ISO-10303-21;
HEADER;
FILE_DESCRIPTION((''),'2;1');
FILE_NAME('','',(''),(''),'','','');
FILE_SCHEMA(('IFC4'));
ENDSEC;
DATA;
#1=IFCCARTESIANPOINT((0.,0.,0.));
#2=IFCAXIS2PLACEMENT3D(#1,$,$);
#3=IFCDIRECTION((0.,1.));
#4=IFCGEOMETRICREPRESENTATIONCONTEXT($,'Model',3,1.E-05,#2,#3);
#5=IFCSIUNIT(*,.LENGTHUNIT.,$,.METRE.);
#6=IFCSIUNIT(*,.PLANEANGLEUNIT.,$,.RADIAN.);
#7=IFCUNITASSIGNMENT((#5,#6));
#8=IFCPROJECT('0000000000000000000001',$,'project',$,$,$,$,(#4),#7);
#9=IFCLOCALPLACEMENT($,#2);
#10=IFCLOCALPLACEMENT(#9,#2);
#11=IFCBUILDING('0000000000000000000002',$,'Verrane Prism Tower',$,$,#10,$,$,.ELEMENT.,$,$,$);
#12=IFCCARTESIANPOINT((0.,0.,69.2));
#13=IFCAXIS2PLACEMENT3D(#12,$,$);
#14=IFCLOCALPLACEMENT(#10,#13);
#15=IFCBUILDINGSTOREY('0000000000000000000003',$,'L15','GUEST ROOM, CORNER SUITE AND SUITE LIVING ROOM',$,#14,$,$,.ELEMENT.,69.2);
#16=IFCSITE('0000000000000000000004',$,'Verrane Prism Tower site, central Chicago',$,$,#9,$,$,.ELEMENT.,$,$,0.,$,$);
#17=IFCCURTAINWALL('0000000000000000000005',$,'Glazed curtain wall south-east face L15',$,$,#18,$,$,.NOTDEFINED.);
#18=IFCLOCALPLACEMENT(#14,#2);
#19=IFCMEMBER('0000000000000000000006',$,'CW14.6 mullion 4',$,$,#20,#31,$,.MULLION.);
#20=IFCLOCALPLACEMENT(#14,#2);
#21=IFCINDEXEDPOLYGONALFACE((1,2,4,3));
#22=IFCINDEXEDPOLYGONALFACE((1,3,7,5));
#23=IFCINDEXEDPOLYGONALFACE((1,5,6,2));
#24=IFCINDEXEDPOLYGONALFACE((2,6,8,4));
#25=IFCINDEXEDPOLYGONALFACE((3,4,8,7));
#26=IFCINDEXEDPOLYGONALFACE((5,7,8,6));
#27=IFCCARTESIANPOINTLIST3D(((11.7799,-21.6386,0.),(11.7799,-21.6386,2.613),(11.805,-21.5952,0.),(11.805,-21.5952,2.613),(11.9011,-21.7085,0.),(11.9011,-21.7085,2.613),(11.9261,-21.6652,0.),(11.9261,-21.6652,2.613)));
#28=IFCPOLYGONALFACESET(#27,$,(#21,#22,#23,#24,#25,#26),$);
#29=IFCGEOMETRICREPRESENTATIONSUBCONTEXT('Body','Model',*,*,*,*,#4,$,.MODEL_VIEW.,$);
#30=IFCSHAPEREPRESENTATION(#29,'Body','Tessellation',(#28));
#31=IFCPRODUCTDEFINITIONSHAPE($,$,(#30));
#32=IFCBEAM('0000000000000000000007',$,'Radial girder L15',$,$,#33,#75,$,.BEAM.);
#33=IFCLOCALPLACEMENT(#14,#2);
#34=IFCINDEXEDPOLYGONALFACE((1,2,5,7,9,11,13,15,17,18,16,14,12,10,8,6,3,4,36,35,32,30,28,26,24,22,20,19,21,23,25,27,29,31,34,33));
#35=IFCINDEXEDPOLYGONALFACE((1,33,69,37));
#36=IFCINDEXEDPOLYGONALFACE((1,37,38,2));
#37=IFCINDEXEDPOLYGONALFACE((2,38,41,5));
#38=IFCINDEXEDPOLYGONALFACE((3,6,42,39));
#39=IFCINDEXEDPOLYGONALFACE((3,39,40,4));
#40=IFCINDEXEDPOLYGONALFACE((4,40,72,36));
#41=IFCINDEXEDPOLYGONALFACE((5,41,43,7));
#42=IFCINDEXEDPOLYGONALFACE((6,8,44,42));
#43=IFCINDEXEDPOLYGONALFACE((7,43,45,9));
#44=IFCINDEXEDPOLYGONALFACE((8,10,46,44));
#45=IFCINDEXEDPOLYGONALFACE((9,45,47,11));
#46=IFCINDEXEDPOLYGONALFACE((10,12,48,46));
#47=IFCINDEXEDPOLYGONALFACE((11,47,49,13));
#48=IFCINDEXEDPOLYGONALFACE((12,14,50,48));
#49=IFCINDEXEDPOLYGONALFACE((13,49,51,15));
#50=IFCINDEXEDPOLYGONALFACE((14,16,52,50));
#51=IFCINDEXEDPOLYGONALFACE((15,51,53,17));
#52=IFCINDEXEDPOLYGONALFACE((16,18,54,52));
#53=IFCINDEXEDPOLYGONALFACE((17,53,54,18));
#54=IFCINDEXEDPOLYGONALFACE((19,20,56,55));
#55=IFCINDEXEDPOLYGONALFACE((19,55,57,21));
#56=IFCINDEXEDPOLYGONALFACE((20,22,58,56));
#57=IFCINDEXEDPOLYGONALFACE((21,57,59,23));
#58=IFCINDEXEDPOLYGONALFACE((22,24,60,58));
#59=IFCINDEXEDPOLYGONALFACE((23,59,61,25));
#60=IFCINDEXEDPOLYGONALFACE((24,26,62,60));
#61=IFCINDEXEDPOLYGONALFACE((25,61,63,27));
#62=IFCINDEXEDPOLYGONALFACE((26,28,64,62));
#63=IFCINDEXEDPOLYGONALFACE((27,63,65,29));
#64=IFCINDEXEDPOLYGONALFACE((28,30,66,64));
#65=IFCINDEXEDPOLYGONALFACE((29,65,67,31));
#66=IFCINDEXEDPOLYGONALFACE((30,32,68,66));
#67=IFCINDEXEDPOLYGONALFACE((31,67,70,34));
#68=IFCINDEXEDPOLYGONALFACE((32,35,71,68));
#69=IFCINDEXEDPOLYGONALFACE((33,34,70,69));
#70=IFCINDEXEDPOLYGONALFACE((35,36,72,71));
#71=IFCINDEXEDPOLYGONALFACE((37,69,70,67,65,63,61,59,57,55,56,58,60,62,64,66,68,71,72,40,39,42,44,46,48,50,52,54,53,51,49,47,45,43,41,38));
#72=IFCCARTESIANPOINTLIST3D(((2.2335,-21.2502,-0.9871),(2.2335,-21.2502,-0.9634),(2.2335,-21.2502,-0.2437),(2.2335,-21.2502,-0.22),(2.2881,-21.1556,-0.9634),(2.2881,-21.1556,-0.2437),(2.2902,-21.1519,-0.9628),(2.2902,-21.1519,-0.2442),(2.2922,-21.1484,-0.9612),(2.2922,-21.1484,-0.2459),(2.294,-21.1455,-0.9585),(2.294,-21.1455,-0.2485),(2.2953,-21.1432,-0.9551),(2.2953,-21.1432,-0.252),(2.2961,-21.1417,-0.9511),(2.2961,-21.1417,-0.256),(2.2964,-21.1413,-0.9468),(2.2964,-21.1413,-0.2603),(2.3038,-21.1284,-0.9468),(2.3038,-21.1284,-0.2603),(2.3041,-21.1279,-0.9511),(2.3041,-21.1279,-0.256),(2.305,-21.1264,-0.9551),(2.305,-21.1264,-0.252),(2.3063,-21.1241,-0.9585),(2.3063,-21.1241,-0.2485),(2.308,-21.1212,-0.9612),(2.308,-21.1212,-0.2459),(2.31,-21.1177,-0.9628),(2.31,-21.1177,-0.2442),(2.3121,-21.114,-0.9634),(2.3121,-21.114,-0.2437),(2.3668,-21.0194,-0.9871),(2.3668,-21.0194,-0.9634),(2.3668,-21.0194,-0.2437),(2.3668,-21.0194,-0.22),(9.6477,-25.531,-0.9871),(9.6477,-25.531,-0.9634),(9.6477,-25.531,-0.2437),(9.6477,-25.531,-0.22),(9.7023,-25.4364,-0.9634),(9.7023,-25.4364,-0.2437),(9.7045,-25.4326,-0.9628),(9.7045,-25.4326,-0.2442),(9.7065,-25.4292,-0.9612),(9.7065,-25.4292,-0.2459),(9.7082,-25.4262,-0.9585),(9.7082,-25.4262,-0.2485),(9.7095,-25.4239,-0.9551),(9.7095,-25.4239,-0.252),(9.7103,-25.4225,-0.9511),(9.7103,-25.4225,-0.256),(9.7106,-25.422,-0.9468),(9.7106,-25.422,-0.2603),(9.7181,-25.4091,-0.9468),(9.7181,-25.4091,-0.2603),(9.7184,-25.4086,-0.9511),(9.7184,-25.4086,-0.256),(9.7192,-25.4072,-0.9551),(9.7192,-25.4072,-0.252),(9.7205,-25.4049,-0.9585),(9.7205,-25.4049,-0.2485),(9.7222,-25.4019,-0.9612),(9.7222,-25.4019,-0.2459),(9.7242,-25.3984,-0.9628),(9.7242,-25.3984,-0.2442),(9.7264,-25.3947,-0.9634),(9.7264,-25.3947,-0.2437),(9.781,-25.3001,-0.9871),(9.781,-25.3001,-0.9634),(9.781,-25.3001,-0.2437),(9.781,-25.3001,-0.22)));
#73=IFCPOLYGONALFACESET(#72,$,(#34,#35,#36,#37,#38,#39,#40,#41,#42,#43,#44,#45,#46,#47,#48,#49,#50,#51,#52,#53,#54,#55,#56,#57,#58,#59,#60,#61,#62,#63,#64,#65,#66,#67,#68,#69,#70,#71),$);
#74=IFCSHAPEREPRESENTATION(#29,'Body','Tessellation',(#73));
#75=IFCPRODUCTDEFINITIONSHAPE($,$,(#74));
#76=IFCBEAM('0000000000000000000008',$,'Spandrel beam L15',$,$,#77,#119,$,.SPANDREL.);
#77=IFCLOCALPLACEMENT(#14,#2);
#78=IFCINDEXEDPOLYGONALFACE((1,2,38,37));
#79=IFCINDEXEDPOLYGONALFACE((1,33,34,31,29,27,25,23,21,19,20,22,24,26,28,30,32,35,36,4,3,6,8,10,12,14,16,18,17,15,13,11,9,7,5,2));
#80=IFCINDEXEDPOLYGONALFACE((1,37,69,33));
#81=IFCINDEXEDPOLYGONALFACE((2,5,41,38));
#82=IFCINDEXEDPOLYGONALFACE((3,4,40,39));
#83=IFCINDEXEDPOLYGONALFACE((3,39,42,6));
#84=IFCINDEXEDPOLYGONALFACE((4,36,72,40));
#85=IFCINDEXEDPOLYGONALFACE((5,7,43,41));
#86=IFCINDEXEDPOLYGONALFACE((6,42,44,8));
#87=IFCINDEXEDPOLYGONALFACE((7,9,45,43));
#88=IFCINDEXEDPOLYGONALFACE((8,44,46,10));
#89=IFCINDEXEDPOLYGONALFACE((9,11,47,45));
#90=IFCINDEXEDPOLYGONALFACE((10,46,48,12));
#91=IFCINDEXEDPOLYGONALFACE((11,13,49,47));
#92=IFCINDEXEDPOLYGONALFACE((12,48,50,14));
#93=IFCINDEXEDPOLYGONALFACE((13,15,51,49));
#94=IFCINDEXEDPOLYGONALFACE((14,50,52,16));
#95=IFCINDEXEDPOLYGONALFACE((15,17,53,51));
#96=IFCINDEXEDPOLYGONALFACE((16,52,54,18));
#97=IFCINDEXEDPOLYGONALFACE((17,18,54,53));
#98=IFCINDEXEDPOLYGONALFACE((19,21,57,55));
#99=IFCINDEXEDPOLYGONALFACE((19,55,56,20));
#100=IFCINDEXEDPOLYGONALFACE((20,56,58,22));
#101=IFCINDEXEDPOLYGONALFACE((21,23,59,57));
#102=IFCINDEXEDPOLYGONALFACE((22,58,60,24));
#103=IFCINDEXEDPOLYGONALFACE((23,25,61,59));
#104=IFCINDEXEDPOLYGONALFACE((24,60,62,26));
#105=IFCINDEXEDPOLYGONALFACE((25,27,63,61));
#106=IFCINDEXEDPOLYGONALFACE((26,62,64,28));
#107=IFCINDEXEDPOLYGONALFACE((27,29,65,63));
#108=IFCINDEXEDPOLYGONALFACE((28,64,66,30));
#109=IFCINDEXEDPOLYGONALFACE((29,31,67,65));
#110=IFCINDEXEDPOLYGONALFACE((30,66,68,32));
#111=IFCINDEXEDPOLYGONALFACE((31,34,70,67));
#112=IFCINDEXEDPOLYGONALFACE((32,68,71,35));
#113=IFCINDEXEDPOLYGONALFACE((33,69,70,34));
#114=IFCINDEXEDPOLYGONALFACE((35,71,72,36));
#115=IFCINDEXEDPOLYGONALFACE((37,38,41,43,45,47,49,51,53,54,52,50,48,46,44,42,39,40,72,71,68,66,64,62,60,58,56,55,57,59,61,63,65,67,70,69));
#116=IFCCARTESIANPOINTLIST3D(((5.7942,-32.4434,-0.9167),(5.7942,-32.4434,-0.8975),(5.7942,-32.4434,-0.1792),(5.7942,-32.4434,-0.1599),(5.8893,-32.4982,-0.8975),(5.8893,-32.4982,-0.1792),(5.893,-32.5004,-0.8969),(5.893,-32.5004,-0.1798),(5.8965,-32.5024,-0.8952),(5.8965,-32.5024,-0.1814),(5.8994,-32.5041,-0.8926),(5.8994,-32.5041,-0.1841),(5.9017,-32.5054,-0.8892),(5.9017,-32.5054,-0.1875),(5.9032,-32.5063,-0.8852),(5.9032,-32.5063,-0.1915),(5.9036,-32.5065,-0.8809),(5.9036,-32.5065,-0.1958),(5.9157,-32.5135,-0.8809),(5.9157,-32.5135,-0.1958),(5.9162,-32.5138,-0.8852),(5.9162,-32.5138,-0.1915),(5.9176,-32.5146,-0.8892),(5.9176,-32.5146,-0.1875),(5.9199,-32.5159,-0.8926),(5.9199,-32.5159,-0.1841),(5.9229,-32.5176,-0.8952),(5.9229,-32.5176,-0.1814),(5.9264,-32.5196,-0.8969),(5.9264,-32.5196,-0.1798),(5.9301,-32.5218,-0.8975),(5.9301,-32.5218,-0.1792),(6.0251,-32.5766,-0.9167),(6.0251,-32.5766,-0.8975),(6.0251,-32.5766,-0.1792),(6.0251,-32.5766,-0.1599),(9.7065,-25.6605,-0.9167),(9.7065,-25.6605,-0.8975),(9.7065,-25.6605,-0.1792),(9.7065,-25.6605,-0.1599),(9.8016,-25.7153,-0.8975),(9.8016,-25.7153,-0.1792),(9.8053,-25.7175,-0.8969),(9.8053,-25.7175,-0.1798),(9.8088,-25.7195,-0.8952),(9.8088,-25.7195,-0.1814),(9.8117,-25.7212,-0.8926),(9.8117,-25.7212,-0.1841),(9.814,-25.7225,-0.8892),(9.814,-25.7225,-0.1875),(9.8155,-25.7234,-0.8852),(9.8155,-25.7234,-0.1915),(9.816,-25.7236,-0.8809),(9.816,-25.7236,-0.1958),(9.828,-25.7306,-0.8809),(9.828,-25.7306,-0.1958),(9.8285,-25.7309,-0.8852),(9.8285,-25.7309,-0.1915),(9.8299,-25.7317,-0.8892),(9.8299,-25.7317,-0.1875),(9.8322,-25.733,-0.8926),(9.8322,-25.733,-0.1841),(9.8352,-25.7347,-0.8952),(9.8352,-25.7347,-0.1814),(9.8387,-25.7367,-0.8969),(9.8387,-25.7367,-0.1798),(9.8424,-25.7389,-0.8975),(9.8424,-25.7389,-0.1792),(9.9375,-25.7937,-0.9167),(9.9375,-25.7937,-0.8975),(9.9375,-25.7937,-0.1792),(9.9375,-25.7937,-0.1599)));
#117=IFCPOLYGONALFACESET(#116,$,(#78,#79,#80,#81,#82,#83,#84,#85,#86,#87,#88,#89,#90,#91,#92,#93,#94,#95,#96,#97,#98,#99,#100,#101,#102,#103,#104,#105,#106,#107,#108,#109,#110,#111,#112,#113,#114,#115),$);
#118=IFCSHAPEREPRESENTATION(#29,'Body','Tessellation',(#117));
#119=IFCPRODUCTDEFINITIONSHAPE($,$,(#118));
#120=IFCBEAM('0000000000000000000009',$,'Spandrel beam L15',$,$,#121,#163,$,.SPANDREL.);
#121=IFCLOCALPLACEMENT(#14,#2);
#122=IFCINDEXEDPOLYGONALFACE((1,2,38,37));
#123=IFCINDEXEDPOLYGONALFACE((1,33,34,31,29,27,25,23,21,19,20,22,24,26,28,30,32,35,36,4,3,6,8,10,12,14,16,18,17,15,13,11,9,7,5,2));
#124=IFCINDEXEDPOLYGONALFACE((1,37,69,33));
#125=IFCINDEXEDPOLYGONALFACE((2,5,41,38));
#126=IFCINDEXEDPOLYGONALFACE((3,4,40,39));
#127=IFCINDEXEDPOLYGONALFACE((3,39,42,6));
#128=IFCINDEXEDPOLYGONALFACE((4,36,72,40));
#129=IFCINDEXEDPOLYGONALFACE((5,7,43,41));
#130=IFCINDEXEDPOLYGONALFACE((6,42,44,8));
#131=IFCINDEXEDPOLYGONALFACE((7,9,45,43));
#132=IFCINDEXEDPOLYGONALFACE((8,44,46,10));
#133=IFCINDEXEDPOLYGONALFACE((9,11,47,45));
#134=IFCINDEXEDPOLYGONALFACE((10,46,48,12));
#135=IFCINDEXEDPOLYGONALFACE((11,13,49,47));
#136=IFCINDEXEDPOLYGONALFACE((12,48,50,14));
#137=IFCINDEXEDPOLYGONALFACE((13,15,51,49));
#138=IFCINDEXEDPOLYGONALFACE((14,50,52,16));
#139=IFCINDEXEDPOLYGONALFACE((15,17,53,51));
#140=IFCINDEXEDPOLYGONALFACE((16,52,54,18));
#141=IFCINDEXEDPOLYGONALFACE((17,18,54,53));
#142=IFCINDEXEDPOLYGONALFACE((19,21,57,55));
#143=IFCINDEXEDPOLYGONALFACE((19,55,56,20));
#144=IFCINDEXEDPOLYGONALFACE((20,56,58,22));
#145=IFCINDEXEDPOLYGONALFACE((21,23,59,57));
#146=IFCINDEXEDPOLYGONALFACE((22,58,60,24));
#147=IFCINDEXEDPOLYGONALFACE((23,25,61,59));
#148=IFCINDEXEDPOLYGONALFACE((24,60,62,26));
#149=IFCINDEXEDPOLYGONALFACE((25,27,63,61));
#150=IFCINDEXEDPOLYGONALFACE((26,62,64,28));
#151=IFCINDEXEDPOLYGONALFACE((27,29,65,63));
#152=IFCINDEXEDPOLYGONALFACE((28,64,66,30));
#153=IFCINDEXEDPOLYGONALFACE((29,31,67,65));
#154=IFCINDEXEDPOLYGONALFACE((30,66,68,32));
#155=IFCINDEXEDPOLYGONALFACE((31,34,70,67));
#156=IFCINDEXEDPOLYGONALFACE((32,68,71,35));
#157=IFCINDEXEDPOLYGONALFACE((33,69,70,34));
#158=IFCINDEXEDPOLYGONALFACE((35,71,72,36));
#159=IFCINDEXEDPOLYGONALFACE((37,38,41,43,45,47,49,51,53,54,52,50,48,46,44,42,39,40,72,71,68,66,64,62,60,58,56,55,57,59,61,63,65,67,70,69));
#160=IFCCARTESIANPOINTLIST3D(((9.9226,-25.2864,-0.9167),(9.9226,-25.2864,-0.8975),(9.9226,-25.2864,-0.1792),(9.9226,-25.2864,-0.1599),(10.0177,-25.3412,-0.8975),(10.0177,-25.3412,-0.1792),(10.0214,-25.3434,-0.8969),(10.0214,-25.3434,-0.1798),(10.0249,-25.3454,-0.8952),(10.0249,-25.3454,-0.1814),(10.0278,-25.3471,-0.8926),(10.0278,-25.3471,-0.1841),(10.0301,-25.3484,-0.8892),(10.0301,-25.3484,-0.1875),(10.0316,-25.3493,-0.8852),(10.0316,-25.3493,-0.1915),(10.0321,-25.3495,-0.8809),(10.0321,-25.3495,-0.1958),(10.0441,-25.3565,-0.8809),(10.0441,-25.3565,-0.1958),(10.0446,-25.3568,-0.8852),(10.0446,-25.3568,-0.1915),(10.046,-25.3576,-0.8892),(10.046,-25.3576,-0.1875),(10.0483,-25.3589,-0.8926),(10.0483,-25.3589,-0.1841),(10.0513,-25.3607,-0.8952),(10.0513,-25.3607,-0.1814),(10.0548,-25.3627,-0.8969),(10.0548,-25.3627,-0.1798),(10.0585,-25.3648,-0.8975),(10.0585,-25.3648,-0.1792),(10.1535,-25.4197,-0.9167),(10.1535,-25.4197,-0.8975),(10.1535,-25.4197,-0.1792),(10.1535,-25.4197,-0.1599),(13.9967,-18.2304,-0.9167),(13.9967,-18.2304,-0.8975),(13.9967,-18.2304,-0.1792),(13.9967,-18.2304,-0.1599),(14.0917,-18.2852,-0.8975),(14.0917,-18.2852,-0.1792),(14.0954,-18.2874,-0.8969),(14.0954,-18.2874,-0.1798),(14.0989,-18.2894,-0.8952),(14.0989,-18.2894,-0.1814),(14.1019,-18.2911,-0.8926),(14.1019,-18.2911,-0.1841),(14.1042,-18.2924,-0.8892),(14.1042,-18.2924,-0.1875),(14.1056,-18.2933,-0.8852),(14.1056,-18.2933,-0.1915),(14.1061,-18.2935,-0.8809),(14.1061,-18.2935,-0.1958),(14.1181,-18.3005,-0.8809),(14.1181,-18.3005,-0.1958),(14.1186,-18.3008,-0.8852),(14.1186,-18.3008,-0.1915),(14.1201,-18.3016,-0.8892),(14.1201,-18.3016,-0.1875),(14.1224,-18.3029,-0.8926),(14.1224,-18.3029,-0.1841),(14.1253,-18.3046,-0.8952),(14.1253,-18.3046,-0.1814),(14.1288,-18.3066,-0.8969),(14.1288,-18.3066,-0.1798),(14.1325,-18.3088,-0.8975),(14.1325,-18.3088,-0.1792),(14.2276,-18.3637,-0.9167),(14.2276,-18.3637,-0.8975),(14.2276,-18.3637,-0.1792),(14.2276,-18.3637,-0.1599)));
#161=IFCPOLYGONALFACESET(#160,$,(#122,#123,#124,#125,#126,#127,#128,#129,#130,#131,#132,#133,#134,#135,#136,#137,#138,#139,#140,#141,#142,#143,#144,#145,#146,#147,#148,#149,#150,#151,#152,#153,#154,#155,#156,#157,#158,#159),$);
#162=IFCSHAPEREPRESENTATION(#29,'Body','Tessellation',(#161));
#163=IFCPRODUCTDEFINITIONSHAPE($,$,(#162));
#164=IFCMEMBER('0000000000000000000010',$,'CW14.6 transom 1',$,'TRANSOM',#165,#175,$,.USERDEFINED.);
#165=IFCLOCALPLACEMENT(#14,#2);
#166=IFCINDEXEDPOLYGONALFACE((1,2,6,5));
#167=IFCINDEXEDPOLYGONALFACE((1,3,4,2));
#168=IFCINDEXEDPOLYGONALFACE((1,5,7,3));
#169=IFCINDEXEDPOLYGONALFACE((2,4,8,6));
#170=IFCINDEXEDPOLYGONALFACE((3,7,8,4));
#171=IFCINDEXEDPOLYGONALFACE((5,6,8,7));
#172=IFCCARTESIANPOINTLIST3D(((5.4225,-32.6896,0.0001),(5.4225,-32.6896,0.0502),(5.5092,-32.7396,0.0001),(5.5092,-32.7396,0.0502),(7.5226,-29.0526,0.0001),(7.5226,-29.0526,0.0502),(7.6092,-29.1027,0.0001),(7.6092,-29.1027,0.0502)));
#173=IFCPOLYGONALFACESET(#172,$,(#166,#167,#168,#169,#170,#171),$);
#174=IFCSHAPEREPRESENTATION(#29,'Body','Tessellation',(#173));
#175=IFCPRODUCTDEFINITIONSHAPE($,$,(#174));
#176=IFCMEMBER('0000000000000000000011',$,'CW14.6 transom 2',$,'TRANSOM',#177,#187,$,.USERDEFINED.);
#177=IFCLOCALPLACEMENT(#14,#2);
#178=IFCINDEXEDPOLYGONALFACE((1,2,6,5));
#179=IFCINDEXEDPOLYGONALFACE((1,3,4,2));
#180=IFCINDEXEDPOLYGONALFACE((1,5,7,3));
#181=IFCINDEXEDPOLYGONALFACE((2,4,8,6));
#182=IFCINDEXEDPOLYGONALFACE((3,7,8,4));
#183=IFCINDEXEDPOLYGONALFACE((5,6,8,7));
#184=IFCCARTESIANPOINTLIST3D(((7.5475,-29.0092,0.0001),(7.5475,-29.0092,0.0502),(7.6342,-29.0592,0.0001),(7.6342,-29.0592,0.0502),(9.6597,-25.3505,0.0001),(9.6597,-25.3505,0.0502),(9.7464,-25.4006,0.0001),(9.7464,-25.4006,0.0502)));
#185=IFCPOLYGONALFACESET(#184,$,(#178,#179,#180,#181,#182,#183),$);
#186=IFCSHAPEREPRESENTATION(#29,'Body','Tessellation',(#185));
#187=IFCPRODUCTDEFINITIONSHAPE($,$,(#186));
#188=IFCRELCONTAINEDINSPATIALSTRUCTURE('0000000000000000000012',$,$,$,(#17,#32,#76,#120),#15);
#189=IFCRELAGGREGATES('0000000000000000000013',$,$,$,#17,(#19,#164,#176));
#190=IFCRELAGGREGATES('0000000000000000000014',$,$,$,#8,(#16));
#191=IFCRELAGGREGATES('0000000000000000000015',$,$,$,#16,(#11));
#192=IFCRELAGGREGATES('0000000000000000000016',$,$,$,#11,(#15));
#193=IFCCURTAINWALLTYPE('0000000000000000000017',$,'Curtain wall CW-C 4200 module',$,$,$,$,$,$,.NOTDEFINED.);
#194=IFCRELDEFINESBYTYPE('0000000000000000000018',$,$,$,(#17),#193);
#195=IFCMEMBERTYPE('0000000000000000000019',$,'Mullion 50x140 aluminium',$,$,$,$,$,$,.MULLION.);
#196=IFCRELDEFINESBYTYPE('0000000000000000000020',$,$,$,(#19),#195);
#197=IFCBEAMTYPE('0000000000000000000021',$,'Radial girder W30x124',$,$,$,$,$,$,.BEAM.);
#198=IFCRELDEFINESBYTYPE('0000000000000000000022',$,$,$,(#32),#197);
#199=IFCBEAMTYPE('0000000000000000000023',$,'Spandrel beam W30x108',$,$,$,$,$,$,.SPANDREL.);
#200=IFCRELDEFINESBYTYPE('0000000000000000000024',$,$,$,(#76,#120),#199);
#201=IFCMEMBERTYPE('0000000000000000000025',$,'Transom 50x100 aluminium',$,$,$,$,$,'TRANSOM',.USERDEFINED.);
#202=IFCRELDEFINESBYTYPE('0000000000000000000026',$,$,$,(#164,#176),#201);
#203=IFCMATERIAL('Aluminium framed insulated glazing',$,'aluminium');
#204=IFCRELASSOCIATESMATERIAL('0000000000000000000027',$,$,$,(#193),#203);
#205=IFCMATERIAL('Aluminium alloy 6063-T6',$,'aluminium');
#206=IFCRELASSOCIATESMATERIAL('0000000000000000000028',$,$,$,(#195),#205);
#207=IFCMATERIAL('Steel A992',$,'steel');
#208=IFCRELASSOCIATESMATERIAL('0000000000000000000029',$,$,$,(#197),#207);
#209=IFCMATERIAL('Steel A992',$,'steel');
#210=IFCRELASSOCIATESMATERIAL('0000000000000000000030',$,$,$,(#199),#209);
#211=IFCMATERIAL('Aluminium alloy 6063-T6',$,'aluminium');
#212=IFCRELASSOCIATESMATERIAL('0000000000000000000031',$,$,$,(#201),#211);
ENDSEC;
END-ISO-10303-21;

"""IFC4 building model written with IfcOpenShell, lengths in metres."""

from ifc_helpers import new_model, si_unit, direction, frame, origin, origin_2d, place, context, subcontext, project, spatial, rectangle, i_section, extrude, material, material_profile, profile_set, type_object, element, aggregate, save


model = new_model("IFC4")

# Units and contexts
model_context = context("Model", 3, precision=1e-05, world=origin(), true_north=direction((0.0, 1.0)))
body_context = subcontext(model_context, "Body", "Model", "MODEL_VIEW")
ifc_project = project(units=[si_unit("LENGTHUNIT", "METRE"), si_unit("PLANEANGLEUNIT", "RADIAN")], contexts=[model_context])

# Site, building, storey
site_placement = place(None, origin())
site = spatial("IfcSite", under=ifc_project, at=site_placement, Name="Verrane Prism Tower site, central Chicago", CompositionType="ELEMENT", RefElevation=0.0)
building_placement = place(site_placement, origin())
building = spatial("IfcBuilding", under=site, at=building_placement, Name="Verrane Prism Tower", CompositionType="ELEMENT")
storey_placement = place(building_placement, frame((0.0, 0.0, 69.2)))
storey = spatial("IfcBuildingStorey", under=building, at=storey_placement, Name="L15", Description="GUEST ROOM, CORNER SUITE AND SUITE LIVING ROOM", CompositionType="ELEMENT", Elevation=69.2)

# Curtain wall, member
ifc_material_1 = material(Name="Aluminium framed insulated glazing", Category="aluminium")
curtain_wall_type_1 = type_object("IfcCurtainWallType", Name="Curtain wall CW-C 4200 module", PredefinedType="NOTDEFINED", material=ifc_material_1)
curtain_wall_1_placement = place(storey_placement, origin())
curtain_wall_1 = element("IfcCurtainWall", 1, at=curtain_wall_1_placement, inside=storey, type_object=curtain_wall_type_1, Name="Glazed curtain wall south-east face L15", PredefinedType="NOTDEFINED")
ifc_material_2 = material(Name="Aluminium alloy 6063-T6", Category="aluminium")
ifc_material_profile_1 = material_profile(ifc_material_2, rectangle(XDim=0.1399, YDim=0.05, at=origin_2d()), Name="Mullion 50x140 aluminium")
ifc_profile_set_1 = profile_set([ifc_material_profile_1], Name="Aluminium alloy 6063-T6")
member_type_1 = type_object("IfcMemberType", Name="Mullion 50x140 aluminium", PredefinedType="MULLION", material=ifc_profile_set_1)
member_1_placement = place(storey_placement, frame((11.853, -21.6519, 0.0), z_axis=(0.0, 0.0, 1.0), x_axis=(-0.866025, 0.5, 0.0)))
member_1 = element("IfcMember", 2, at=member_1_placement, type_object=member_type_1, Name="CW14.6 mullion 4", PredefinedType="MULLION", context=body_context, shape_type="SweptSolid", body=[
    extrude(rectangle(XDim=0.1399, YDim=0.05, at=origin_2d()), origin(), (0.0, 0.0, 1.0), 2.613),
])

# Beams
ifc_material_3 = material(Name="Steel A992", Category="steel")
ifc_material_profile_2 = material_profile(ifc_material_3, i_section(OverallWidth=0.2666, OverallDepth=0.7671, WebThickness=0.0149, FlangeThickness=0.0237, FilletRadius=0.0166, at=origin_2d()), Name="W30x124")
ifc_profile_set_2 = profile_set([ifc_material_profile_2], Name="Steel A992")
beam_type_1 = type_object("IfcBeamType", Name="Radial girder W30x124", PredefinedType="BEAM", material=ifc_profile_set_2)
beam_1_placement = place(storey_placement, frame((9.7144, -25.4155, -0.6035), z_axis=(-0.86602, 0.50001, 0.0), x_axis=(-0.50001, -0.86602, 0.0)))
element("IfcBeam", 3, at=beam_1_placement, inside=storey, type_object=beam_type_1, Name="Radial girder L15", PredefinedType="BEAM", context=body_context, shape_type="SweptSolid", body=[
    extrude(i_section(OverallWidth=0.2666, OverallDepth=0.7671, WebThickness=0.0149, FlangeThickness=0.0237, FilletRadius=0.0166, at=origin_2d()), origin(), (0.0, 0.0, 1.0), 8.5613),
])
ifc_material_4 = material(Name="Steel A992", Category="steel")
ifc_material_profile_3 = material_profile(ifc_material_4, i_section(OverallWidth=0.2666, OverallDepth=0.7568, WebThickness=0.0139, FlangeThickness=0.0193, FilletRadius=0.0166, at=origin_2d()), Name="W30x108")
ifc_profile_set_3 = profile_set([ifc_material_profile_3], Name="Steel A992")
beam_type_2 = type_object("IfcBeamType", Name="Spandrel beam W30x108", PredefinedType="SPANDREL", material=ifc_profile_set_3)
beam_2_placement = place(storey_placement, frame((5.9097, -32.51, -0.5383), z_axis=(0.499637, 0.866235, 0.0), x_axis=(-0.866235, 0.499637, 0.0)))
element("IfcBeam", 4, at=beam_2_placement, inside=storey, type_object=beam_type_2, Name="Spandrel beam L15", PredefinedType="SPANDREL", context=body_context, shape_type="SweptSolid", body=[
    extrude(i_section(OverallWidth=0.2666, OverallDepth=0.7568, WebThickness=0.0139, FlangeThickness=0.0193, FilletRadius=0.0166, at=origin_2d()), origin(), (0.0, 0.0, 1.0), 7.8303),
])
beam_3_placement = place(storey_placement, frame((10.0381, -25.353, -0.5383), z_axis=(0.500022, 0.866012, 0.0), x_axis=(-0.866012, 0.500022, 0.0)))
element("IfcBeam", 5, at=beam_3_placement, inside=storey, type_object=beam_type_2, Name="Spandrel beam L15", PredefinedType="SPANDREL", context=body_context, shape_type="SweptSolid", body=[
    extrude(i_section(OverallWidth=0.2666, OverallDepth=0.7568, WebThickness=0.0139, FlangeThickness=0.0193, FilletRadius=0.0166, at=origin_2d()), origin(), (0.0, 0.0, 1.0), 8.1477),
])

# Members
ifc_material_5 = material(Name="Aluminium alloy 6063-T6", Category="aluminium")
ifc_material_profile_4 = material_profile(ifc_material_5, rectangle(XDim=0.1001, YDim=0.05, at=origin_2d()), Name="Transom 50x100 aluminium")
ifc_profile_set_4 = profile_set([ifc_material_profile_4], Name="Aluminium alloy 6063-T6")
member_type_2 = type_object("IfcMemberType", Name="Transom 50x100 aluminium", ElementType="TRANSOM", PredefinedType="USERDEFINED", material=ifc_profile_set_4)
member_2_placement = place(storey_placement, frame((5.4658, -32.7146, 0.0251), z_axis=(0.500053, 0.865995, 0.0), x_axis=(-0.865995, 0.500053, 0.0)))
member_2 = element("IfcMember", 6, at=member_2_placement, type_object=member_type_2, Name="CW14.6 transom 1", ObjectType="TRANSOM", PredefinedType="USERDEFINED", context=body_context, shape_type="SweptSolid", body=[
    extrude(rectangle(XDim=0.1001, YDim=0.05, at=origin_2d()), origin(), (0.0, 0.0, 1.0), 4.1997),
])
member_3_placement = place(storey_placement, frame((7.5908, -29.0342, 0.0251), z_axis=(0.499993, 0.86603, 0.0), x_axis=(-0.86603, 0.499993, 0.0)))
member_3 = element("IfcMember", 7, at=member_3_placement, type_object=member_type_2, Name="CW14.6 transom 2", ObjectType="TRANSOM", PredefinedType="USERDEFINED", context=body_context, shape_type="SweptSolid", body=[
    extrude(rectangle(XDim=0.1001, YDim=0.05, at=origin_2d()), origin(), (0.0, 0.0, 1.0), 4.2246),
])

aggregate(curtain_wall_1, [member_1, member_2, member_3])

save(model, "model.ifc")
